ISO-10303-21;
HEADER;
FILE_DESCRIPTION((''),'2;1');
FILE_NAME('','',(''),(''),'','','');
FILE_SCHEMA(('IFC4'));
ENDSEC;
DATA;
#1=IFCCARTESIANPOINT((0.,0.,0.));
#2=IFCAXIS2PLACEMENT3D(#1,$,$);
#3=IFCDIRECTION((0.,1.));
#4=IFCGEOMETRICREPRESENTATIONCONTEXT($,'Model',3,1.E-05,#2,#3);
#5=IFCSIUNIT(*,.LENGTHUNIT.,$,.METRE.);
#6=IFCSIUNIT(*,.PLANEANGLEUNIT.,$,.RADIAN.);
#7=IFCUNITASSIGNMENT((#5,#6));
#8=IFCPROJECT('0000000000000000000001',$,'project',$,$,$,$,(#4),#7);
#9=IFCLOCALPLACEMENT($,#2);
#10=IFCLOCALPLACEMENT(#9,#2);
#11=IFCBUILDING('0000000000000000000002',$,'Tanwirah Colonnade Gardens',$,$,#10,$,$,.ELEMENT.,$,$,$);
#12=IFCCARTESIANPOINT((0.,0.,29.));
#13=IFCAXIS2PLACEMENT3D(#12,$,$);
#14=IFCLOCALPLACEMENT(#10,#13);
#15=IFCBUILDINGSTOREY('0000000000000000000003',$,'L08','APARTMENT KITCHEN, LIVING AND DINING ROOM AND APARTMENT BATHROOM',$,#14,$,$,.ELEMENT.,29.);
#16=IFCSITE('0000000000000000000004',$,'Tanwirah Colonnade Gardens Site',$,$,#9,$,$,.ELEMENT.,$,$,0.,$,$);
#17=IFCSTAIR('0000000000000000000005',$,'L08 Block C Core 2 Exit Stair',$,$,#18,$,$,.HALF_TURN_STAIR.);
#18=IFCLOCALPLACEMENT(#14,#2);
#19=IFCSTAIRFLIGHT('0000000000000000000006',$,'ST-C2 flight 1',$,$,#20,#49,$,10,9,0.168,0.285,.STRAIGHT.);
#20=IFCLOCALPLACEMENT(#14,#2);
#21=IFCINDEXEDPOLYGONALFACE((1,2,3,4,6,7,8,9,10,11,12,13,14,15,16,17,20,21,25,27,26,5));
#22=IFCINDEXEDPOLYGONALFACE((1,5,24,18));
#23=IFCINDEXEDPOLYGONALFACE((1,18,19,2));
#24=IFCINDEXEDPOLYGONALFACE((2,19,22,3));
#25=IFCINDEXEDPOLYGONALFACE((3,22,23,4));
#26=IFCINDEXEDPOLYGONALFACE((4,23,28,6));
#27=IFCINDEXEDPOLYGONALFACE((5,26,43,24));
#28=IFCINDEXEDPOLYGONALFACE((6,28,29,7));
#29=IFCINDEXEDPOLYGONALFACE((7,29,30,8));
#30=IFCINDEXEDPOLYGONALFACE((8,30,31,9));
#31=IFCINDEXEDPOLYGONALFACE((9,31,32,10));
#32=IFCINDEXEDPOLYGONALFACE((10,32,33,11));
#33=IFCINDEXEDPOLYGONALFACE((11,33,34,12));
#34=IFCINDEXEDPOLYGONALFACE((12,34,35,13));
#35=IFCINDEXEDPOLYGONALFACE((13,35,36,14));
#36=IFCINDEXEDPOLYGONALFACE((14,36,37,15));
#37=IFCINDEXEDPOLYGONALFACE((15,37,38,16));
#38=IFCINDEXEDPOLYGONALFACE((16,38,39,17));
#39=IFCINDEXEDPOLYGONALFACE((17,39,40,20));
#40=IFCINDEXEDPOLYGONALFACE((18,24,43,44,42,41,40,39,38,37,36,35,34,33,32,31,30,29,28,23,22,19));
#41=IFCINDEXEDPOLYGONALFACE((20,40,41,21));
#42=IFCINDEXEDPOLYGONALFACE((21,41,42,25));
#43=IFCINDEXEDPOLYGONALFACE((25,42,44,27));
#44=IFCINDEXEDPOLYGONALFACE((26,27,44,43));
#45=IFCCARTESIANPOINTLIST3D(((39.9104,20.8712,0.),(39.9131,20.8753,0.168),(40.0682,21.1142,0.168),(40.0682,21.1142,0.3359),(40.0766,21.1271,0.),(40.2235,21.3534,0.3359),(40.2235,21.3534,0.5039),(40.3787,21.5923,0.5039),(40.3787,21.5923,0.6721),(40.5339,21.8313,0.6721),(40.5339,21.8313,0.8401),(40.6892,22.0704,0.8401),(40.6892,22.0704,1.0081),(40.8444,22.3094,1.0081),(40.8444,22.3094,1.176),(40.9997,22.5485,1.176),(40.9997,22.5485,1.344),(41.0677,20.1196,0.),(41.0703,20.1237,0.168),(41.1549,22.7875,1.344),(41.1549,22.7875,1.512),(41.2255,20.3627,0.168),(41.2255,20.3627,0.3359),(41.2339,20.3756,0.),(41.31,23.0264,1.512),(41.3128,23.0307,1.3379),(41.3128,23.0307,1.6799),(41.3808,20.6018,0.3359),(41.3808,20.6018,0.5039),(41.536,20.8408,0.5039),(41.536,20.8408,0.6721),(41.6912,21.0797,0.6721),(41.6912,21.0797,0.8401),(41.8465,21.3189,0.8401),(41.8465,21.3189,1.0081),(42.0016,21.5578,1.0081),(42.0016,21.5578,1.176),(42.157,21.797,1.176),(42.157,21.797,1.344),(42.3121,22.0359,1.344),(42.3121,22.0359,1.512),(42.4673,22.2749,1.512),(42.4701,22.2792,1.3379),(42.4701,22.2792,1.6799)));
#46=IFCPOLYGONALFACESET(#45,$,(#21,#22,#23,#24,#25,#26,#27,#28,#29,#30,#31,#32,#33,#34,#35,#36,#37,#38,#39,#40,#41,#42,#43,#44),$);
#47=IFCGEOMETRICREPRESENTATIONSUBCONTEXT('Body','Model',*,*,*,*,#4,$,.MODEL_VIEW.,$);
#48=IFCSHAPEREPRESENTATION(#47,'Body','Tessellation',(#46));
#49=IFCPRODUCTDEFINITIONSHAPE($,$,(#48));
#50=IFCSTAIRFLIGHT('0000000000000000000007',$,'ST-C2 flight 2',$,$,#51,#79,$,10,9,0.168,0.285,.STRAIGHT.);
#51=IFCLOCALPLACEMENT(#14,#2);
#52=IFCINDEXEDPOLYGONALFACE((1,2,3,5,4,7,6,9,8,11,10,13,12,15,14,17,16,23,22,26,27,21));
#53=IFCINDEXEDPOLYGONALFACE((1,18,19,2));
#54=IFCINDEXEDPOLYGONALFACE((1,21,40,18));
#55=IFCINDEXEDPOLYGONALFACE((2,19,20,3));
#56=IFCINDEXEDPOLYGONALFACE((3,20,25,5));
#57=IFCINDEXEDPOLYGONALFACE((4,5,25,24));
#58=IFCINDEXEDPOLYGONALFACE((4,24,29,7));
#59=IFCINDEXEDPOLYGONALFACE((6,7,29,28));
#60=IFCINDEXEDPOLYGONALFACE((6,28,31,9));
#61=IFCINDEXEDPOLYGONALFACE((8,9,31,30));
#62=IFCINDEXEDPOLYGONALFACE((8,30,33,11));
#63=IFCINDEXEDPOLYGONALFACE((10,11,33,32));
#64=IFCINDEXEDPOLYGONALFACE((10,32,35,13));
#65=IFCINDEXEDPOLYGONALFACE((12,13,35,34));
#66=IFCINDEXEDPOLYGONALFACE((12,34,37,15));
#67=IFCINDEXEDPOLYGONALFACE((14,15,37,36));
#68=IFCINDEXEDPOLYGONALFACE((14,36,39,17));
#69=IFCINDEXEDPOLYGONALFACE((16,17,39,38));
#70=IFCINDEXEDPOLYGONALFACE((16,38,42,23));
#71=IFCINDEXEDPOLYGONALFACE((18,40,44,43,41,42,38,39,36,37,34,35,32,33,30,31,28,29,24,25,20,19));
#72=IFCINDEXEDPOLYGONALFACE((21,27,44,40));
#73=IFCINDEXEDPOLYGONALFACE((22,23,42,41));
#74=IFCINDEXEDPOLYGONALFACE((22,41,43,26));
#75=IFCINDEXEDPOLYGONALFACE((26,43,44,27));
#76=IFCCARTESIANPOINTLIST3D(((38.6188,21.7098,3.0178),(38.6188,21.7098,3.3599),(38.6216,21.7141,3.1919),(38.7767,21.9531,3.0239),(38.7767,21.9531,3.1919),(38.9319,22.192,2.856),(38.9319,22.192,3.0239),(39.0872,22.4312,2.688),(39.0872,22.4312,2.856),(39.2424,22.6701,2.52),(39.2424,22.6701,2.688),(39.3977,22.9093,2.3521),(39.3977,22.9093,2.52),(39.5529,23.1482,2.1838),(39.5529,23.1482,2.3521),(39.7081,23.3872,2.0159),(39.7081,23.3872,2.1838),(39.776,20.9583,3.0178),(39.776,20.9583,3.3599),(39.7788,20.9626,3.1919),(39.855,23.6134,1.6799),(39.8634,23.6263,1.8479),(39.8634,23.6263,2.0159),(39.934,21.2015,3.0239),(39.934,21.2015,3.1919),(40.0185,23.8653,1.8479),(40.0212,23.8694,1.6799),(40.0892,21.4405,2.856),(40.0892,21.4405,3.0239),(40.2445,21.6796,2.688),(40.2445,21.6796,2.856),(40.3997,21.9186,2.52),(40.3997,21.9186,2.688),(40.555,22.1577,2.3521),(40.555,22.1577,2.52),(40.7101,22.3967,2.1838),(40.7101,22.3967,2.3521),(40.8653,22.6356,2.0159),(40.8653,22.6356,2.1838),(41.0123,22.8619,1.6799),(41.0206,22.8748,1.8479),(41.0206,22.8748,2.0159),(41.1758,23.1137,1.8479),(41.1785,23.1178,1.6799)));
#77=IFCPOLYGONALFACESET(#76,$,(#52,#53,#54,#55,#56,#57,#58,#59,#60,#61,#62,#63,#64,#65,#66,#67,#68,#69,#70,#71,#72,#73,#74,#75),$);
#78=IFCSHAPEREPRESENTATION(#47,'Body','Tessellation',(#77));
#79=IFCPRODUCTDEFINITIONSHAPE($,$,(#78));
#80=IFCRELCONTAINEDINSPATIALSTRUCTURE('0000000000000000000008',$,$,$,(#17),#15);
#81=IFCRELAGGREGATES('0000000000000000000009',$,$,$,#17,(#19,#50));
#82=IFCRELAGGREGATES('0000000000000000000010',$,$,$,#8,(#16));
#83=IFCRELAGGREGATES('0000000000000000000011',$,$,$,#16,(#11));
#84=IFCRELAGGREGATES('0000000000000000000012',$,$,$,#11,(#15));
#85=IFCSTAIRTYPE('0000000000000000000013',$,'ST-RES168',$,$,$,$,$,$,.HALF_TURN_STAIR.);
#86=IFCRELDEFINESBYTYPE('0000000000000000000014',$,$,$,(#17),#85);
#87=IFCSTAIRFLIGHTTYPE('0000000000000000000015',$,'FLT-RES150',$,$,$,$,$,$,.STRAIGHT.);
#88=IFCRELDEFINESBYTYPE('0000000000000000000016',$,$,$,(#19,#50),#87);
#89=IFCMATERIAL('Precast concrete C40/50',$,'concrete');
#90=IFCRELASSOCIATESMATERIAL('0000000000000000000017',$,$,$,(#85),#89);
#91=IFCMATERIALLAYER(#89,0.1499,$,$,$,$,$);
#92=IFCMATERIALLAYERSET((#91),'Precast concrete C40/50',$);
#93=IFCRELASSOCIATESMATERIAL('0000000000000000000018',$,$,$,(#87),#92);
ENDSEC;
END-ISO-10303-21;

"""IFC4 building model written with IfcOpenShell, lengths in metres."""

from ifc_helpers import new_model, si_unit, direction, frame, origin, place, context, subcontext, project, spatial, polyline, outline, extrude, material, layer, layer_set, type_object, element, aggregate, save


model = new_model("IFC4")

# Units and contexts
model_context = context("Model", 3, precision=1e-05, world=origin(), true_north=direction((0.0, 1.0)))
body_context = subcontext(model_context, "Body", "Model", "MODEL_VIEW")
ifc_project = project(units=[si_unit("LENGTHUNIT", "METRE"), si_unit("PLANEANGLEUNIT", "RADIAN")], contexts=[model_context])

# Site, building, storey
site_placement = place(None, origin())
site = spatial("IfcSite", under=ifc_project, at=site_placement, Name="Tanwirah Colonnade Gardens Site", CompositionType="ELEMENT", RefElevation=0.0)
building_placement = place(site_placement, origin())
building = spatial("IfcBuilding", under=site, at=building_placement, Name="Tanwirah Colonnade Gardens", CompositionType="ELEMENT")
storey_placement = place(building_placement, frame((0.0, 0.0, 29.0)))
storey = spatial("IfcBuildingStorey", under=building, at=storey_placement, Name="L08", Description="APARTMENT KITCHEN, LIVING AND DINING ROOM AND APARTMENT BATHROOM", CompositionType="ELEMENT", Elevation=29.0)

# Shared definitions
ifc_material_1 = material(Name="Precast concrete C40/50", Category="concrete")

# Stair, stair flights
stair_type = type_object("IfcStairType", Name="ST-RES168", PredefinedType="HALF_TURN_STAIR", material=ifc_material_1)
stair_placement = place(storey_placement, origin())
stair = element("IfcStair", 1, at=stair_placement, inside=storey, type_object=stair_type, Name="L08 Block C Core 2 Exit Stair", PredefinedType="HALF_TURN_STAIR")
ifc_layer_1 = layer(ifc_material_1, 0.1499)
ifc_layer_set_1 = layer_set([ifc_layer_1], Name="Precast concrete C40/50")
stair_flight_type = type_object("IfcStairFlightType", Name="FLT-RES150", PredefinedType="STRAIGHT", material=ifc_layer_set_1)
stair_flight_1_placement = place(storey_placement, frame((40.4917, 20.4995, 0.0), z_axis=(0.0, 0.0, 1.0), x_axis=(0.544639, 0.838671, 0.0)))
stair_flight_1 = element("IfcStairFlight", 2, at=stair_flight_1_placement, type_object=stair_flight_type, Name="ST-C2 flight 1", NumberOfRisers=10, NumberOfTreads=9, PredefinedType="STRAIGHT", RiserHeight=0.168, TreadLength=0.285, context=body_context, shape_type="SweptSolid", body=[
    extrude(outline(polyline([(-0.0049, 0.0), (0.0, 0.168), (0.2849, 0.168), (0.2849, 0.3359), (0.5701, 0.3359), (0.5701, 0.5039), (0.855, 0.5039), (0.855, 0.6721), (1.1399, 0.6721), (1.1399, 0.8401), (1.425, 0.8401), (1.425, 1.0081), (1.71, 1.0081), (1.71, 1.176), (1.9951, 1.176), (1.9951, 1.344), (2.28, 1.344), (2.28, 1.512), (2.5649, 1.512), (2.5701, 1.6799), (2.5701, 1.3379), (0.3003, 0.0), (-0.0049, 0.0)])), frame((0.0, 0.6899, 0.0), z_axis=(0.0, -1.0, 0.0), x_axis=(1.0, 0.0, 0.0)), (0.0, 0.0, 1.0), 1.3799),
])
stair_flight_2_placement = place(storey_placement, frame((40.5972, 23.4895, 1.6799), z_axis=(0.0, 0.0, 1.0), x_axis=(-0.544639, -0.838671, 0.0)))
stair_flight_2 = element("IfcStairFlight", 3, at=stair_flight_2_placement, type_object=stair_flight_type, Name="ST-C2 flight 2", NumberOfRisers=10, NumberOfTreads=9, PredefinedType="STRAIGHT", RiserHeight=0.168, TreadLength=0.285, context=body_context, shape_type="SweptSolid", body=[
    extrude(outline(polyline([(-0.0049, 0.0), (0.0, 0.168), (0.2849, 0.168), (0.2849, 0.3359), (0.5701, 0.3359), (0.5701, 0.5039), (0.855, 0.5039), (0.855, 0.6721), (1.1399, 0.6721), (1.1399, 0.8401), (1.425, 0.8401), (1.425, 1.0081), (1.71, 1.0081), (1.71, 1.176), (1.9951, 1.176), (1.9951, 1.344), (2.28, 1.344), (2.28, 1.512), (2.5649, 1.512), (2.5701, 1.6799), (2.5701, 1.3379), (0.3003, 0.0), (-0.0049, 0.0)])), frame((0.0, 0.6899, 0.0), z_axis=(0.0, -1.0, 0.0), x_axis=(1.0, 0.0, 0.0)), (0.0, 0.0, 1.0), 1.3799),
])
aggregate(stair, [stair_flight_1, stair_flight_2])

save(model, "model.ifc")
